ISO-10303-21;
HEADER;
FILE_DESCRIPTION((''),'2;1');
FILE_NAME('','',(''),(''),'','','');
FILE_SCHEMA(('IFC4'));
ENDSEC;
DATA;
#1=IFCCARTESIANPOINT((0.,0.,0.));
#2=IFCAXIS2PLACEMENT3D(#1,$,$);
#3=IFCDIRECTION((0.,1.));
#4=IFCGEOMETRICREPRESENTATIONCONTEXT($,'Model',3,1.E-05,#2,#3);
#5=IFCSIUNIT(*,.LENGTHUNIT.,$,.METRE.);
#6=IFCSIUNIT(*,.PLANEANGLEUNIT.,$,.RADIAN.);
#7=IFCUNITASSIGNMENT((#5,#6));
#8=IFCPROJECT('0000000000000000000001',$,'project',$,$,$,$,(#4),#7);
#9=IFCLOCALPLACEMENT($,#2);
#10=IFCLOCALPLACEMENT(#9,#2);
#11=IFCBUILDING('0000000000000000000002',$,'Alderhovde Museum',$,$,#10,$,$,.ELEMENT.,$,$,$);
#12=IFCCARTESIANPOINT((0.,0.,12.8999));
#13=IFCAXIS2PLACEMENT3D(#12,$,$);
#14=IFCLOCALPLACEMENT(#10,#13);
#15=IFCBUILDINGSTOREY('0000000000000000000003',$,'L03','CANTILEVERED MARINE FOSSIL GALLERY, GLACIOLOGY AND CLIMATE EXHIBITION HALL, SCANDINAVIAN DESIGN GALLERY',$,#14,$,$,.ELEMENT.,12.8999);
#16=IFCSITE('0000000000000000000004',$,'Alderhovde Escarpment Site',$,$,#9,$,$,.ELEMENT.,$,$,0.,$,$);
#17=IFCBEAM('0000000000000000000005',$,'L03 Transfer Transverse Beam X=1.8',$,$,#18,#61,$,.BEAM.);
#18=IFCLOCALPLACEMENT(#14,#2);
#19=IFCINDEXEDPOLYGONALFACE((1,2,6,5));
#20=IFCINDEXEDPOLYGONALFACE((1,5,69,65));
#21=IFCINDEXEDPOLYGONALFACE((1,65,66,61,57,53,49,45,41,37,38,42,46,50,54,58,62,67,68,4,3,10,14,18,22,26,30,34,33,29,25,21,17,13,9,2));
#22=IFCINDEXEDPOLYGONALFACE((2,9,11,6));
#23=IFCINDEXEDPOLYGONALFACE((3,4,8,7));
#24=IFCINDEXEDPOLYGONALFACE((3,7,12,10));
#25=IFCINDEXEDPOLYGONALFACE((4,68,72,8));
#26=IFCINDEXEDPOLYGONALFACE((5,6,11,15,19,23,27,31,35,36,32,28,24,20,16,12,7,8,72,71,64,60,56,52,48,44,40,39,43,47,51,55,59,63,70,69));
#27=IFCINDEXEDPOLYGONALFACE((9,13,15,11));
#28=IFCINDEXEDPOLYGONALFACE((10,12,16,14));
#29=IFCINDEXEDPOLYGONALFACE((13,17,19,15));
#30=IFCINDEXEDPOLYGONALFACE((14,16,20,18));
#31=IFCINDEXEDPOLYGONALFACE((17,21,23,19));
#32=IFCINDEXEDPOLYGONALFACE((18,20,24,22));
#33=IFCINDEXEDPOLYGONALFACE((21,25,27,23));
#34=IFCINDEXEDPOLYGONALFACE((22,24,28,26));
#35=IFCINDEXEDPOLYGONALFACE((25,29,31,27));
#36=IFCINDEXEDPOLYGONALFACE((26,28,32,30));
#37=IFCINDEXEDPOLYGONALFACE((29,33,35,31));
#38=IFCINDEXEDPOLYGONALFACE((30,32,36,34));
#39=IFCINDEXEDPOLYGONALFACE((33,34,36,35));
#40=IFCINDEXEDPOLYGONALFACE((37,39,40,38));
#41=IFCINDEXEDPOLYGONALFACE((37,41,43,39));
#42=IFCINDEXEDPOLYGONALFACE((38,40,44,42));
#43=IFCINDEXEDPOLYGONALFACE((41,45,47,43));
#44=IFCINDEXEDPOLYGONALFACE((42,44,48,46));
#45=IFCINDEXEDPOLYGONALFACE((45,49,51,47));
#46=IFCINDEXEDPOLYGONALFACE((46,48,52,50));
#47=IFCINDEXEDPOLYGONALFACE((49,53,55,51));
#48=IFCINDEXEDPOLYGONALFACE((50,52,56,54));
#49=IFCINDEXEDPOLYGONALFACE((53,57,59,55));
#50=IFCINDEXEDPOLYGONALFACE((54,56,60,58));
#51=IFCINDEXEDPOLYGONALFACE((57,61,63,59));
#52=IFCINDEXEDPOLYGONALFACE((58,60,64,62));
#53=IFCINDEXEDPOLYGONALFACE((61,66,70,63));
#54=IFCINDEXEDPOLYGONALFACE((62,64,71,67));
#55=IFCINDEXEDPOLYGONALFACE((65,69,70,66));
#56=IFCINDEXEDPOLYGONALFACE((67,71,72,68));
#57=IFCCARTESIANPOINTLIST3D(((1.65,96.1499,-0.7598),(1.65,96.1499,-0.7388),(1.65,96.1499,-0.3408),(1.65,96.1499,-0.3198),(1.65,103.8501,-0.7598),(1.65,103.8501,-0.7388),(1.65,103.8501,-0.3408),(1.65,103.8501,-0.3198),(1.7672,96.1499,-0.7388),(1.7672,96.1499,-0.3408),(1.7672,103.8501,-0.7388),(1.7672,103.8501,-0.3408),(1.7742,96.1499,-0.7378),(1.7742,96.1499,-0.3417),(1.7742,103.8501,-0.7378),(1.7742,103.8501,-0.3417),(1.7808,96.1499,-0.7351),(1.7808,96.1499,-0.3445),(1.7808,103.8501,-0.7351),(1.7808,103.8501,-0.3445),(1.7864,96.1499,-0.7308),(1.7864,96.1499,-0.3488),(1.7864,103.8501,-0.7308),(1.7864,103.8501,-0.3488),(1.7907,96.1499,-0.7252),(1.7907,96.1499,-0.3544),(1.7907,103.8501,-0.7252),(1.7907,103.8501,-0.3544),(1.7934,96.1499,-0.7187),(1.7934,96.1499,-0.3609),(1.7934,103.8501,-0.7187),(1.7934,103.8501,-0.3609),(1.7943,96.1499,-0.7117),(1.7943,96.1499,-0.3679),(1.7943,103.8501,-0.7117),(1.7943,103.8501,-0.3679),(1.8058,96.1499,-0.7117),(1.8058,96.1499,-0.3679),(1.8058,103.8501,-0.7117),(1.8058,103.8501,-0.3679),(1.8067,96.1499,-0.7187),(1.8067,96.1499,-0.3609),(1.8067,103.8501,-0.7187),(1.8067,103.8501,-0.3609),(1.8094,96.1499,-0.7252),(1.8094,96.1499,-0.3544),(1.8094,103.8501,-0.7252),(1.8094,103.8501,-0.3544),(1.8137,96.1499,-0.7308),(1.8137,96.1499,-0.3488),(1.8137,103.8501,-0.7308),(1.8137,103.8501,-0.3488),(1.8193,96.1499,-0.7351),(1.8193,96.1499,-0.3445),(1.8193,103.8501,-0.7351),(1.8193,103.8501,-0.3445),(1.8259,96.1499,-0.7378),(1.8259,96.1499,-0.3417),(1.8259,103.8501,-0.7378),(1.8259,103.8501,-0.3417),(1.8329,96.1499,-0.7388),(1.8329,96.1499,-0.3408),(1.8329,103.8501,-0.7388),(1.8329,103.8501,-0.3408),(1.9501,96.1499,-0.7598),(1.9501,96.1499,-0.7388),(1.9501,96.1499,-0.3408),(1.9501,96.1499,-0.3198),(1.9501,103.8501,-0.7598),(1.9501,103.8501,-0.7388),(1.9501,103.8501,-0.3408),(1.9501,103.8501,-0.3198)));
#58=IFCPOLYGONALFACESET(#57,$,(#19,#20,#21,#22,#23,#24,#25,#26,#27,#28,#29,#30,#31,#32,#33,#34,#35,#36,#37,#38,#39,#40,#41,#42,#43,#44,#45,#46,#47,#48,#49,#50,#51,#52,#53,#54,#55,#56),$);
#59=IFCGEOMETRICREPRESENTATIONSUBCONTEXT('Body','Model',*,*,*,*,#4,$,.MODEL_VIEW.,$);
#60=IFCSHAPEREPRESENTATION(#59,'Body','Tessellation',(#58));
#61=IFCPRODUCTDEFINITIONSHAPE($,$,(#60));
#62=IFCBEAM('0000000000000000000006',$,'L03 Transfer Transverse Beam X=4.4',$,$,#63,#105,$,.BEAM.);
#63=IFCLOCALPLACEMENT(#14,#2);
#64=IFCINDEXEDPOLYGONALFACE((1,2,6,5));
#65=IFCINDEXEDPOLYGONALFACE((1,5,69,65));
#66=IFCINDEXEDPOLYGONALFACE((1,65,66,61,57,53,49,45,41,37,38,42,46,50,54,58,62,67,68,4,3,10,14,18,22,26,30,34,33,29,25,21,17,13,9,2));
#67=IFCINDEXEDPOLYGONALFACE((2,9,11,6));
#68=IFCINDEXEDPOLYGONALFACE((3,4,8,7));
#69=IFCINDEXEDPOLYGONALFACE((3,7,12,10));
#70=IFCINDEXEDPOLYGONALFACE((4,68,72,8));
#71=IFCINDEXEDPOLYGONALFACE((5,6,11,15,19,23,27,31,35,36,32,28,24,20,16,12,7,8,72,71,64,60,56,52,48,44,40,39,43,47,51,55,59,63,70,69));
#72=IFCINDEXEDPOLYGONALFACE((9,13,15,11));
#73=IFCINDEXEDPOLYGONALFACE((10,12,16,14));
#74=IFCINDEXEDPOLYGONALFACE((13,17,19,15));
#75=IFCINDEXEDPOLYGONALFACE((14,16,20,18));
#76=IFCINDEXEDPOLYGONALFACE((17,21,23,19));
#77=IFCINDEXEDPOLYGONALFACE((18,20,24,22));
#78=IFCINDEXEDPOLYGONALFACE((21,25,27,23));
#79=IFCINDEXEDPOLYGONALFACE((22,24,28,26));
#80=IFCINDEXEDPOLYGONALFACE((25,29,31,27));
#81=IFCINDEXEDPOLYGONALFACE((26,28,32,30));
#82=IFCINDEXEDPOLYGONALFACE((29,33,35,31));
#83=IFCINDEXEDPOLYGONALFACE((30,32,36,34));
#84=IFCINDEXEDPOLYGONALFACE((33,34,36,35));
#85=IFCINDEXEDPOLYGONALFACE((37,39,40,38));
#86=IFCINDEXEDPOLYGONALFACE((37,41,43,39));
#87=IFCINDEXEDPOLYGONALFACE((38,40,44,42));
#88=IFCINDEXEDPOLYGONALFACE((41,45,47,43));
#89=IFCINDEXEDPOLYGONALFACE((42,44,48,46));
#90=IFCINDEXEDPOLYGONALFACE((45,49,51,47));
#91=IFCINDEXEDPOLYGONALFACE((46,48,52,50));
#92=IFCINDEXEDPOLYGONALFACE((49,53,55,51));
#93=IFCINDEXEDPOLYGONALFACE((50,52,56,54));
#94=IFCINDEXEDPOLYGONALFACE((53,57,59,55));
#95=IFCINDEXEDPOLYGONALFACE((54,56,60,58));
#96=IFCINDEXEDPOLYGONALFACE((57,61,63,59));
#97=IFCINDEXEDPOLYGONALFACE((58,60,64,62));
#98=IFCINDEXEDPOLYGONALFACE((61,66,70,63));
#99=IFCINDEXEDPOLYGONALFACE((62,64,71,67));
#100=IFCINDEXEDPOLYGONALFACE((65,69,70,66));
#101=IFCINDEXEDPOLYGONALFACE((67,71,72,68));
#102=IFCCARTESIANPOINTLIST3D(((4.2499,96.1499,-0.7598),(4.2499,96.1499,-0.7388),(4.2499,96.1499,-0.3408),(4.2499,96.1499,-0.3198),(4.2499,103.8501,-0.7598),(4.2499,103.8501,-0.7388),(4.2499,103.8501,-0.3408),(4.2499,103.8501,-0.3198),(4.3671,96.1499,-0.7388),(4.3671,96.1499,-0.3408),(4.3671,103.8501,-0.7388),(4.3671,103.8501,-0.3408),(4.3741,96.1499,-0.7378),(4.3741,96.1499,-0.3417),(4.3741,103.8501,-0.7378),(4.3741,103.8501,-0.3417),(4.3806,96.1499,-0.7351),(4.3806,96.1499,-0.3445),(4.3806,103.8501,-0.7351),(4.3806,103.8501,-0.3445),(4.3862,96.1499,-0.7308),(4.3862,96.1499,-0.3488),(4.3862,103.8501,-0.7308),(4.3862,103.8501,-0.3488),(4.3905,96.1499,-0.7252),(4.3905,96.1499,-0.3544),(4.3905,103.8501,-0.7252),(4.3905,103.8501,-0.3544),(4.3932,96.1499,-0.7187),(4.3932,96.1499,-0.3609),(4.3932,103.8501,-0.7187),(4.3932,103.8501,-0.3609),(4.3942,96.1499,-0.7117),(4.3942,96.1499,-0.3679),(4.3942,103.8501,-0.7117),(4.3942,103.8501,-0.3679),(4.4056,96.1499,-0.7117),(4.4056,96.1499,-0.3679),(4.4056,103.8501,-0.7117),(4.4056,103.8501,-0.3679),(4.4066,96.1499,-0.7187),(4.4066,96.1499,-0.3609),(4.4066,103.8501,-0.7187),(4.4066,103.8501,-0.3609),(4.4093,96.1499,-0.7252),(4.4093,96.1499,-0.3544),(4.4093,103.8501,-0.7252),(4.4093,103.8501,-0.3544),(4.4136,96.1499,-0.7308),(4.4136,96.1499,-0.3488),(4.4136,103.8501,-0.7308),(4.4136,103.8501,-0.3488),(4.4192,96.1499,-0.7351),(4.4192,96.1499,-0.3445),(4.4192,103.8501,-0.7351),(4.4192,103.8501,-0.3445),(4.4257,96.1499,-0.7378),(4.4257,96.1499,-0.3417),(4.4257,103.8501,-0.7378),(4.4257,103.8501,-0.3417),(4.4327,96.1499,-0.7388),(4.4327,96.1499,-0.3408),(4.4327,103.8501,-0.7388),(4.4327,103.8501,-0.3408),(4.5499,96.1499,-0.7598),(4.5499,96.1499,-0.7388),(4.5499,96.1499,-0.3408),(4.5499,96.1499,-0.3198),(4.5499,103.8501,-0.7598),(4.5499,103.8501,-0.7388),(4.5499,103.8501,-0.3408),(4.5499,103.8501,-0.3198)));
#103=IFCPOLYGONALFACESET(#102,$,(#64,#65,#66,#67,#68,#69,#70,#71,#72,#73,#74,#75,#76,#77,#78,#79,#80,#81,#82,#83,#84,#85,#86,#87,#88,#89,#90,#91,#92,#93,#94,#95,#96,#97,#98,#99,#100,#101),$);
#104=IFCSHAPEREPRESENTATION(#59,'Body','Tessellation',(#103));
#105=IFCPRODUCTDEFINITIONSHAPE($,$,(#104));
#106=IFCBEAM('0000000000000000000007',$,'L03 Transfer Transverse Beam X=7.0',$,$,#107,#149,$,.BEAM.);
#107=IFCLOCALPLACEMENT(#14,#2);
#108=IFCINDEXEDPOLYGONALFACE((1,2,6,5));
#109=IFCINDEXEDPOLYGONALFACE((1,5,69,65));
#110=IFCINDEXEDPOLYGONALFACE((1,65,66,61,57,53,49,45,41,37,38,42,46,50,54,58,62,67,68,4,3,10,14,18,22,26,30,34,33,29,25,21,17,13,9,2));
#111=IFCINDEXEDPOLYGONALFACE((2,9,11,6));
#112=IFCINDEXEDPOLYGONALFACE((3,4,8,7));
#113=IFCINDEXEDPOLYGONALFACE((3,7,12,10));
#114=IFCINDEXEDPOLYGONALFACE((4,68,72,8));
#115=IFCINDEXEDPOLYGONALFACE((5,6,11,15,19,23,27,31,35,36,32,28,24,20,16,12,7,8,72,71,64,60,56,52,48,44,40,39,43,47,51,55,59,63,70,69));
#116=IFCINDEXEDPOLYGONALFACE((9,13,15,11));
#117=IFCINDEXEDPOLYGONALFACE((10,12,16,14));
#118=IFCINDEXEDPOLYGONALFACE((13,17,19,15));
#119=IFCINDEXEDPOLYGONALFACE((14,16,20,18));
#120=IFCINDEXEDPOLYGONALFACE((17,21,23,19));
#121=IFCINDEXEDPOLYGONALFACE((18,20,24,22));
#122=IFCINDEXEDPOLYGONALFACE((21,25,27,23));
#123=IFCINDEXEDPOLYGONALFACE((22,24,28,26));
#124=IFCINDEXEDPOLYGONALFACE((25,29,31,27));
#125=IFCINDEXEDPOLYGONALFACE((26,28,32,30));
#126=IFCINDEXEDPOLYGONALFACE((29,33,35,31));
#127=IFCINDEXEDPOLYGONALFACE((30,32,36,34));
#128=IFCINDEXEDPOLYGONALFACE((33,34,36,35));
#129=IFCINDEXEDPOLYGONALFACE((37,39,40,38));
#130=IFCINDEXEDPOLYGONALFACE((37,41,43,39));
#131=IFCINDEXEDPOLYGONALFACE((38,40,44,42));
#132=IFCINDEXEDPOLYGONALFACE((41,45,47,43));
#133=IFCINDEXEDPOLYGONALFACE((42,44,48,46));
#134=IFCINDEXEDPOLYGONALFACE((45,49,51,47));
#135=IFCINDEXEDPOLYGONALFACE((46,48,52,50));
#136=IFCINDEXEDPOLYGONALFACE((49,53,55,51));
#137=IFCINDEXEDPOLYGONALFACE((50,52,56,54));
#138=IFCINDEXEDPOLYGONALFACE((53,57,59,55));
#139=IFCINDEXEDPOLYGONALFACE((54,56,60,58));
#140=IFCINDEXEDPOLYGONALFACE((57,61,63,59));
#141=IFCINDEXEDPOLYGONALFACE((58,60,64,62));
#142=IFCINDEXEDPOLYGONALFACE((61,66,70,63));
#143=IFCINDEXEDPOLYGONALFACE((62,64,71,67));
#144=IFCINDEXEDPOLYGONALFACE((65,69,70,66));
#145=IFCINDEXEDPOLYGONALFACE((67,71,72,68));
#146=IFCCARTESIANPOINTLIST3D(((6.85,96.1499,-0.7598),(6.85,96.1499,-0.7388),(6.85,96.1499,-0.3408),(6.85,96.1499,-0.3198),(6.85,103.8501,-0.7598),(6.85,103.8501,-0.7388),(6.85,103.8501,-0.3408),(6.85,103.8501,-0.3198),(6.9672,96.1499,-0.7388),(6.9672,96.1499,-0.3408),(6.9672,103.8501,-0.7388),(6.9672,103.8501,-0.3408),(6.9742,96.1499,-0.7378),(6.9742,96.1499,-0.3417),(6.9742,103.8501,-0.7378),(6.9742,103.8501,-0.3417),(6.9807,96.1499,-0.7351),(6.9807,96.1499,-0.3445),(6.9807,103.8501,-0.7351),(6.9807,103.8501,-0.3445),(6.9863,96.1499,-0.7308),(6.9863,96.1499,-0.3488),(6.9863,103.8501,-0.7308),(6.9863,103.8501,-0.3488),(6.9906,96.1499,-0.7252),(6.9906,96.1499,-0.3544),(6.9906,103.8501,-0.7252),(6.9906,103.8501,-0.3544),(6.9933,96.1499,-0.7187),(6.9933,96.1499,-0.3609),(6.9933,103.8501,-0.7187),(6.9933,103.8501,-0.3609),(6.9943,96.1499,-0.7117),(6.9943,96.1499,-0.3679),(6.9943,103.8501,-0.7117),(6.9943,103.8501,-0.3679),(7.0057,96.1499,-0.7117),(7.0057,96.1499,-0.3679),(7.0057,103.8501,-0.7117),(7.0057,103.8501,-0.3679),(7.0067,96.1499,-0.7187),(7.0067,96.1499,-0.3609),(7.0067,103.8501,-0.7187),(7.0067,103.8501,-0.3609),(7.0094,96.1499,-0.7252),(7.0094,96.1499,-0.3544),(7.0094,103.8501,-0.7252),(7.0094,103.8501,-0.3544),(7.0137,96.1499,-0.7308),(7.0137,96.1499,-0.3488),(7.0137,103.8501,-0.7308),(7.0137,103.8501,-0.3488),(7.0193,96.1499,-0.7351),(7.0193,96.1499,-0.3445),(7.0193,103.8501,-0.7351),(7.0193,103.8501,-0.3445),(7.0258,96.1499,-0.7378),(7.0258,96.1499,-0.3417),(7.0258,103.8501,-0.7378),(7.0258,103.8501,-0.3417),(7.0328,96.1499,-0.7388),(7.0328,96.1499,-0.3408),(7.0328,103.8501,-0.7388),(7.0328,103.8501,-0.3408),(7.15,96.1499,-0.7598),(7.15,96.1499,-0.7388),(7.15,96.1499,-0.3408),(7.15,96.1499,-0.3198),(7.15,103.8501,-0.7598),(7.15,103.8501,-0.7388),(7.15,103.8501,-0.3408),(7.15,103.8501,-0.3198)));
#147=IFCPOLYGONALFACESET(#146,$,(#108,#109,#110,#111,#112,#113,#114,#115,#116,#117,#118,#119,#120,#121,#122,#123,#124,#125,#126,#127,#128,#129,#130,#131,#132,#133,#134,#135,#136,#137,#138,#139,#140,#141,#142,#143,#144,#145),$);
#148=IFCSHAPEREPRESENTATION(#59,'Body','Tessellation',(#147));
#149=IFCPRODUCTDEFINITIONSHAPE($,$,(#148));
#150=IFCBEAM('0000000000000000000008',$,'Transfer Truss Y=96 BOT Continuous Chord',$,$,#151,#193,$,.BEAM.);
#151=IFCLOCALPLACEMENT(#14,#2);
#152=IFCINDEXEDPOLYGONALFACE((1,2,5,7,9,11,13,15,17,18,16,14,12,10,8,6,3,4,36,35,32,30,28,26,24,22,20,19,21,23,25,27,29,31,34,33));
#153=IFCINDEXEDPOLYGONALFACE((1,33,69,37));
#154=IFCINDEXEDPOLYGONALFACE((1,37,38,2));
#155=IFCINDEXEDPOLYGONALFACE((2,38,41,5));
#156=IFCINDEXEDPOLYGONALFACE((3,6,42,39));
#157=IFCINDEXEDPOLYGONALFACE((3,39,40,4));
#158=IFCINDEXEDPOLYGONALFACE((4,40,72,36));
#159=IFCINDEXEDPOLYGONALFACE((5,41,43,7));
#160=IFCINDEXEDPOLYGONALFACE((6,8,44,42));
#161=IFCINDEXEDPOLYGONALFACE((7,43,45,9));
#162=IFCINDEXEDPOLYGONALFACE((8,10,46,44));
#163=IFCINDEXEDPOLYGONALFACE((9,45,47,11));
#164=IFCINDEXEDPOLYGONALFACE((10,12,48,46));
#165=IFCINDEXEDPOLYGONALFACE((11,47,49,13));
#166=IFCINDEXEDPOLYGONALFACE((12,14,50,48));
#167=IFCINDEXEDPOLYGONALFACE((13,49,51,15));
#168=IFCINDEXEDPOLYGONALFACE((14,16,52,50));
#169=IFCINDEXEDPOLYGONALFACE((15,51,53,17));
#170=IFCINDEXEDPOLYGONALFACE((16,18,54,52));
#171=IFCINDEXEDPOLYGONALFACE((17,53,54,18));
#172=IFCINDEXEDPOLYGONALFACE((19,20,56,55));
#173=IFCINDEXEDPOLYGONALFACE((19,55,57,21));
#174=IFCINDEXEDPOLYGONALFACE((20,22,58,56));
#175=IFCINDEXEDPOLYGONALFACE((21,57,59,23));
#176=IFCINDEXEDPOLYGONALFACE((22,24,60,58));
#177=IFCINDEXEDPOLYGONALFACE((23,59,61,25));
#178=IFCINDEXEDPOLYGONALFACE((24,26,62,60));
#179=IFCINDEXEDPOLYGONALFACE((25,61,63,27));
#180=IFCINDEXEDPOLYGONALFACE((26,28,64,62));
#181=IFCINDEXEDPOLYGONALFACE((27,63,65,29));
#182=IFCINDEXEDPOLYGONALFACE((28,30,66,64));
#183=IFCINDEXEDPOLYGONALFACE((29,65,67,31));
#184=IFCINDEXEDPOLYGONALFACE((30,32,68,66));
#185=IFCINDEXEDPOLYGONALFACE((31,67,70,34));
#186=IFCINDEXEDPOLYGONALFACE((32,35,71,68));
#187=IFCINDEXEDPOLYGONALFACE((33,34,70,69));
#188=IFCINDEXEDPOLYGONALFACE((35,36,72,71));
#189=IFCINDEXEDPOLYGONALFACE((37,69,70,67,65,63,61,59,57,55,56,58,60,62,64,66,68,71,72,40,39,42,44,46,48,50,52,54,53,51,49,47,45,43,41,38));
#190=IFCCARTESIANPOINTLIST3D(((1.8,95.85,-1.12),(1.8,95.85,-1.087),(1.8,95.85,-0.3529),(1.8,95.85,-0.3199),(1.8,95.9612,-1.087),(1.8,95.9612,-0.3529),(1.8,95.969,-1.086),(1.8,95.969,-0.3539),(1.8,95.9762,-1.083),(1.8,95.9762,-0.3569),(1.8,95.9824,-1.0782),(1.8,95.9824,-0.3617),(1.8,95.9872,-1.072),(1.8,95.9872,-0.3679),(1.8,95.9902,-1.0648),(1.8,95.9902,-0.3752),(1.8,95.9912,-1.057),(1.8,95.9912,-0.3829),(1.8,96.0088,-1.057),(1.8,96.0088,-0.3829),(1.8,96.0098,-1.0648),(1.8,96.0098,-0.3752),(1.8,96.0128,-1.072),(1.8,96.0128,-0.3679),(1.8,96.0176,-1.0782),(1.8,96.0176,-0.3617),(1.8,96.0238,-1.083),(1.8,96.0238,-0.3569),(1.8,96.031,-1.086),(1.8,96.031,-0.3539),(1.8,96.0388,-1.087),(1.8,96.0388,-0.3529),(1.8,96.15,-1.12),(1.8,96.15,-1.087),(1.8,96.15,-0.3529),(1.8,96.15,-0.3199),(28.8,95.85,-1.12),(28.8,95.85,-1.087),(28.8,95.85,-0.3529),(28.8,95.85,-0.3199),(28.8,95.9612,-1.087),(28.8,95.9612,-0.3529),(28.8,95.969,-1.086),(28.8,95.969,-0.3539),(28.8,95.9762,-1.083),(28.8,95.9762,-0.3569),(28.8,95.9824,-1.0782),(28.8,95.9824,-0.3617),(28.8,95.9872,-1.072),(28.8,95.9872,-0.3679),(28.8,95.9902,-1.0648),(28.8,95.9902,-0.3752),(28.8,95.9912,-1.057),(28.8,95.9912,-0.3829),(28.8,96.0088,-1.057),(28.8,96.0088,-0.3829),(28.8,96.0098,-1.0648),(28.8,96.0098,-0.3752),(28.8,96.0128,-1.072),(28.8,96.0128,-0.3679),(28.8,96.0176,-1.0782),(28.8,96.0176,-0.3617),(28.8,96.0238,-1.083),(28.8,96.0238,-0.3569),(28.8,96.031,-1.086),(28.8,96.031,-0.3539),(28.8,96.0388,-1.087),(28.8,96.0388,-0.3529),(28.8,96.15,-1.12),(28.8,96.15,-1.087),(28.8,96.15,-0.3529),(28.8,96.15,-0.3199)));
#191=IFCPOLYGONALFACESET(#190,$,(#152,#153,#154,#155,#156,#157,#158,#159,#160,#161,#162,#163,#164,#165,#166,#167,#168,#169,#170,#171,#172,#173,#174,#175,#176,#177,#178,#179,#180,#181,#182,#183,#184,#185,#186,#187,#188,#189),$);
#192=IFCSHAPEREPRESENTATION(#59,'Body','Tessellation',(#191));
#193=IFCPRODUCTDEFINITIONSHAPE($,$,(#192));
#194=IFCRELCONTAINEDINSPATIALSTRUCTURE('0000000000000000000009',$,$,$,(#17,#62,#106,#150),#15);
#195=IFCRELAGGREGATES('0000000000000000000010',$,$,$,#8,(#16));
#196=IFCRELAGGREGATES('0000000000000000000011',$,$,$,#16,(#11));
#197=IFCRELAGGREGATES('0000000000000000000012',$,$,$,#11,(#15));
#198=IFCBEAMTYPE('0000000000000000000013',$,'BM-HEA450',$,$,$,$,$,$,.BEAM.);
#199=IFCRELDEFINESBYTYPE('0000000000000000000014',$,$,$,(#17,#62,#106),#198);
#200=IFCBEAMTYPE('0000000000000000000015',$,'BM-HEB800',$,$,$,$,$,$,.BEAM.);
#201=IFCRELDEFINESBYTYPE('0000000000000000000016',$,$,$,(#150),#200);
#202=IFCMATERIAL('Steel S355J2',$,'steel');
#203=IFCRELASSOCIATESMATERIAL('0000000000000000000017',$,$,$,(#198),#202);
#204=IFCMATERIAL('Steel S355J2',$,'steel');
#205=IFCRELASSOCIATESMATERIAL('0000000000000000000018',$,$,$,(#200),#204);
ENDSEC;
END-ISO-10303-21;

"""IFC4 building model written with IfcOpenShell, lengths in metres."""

from ifc_helpers import new_model, si_unit, direction, frame, origin, origin_2d, place, context, subcontext, project, spatial, i_section, extrude, material, material_profile, profile_set, type_object, element, save


model = new_model("IFC4")

# Units and contexts
model_context = context("Model", 3, precision=1e-05, world=origin(), true_north=direction((0.0, 1.0)))
body_context = subcontext(model_context, "Body", "Model", "MODEL_VIEW")
ifc_project = project(units=[si_unit("LENGTHUNIT", "METRE"), si_unit("PLANEANGLEUNIT", "RADIAN")], contexts=[model_context])

# Site, building, storey
site_placement = place(None, origin())
site = spatial("IfcSite", under=ifc_project, at=site_placement, Name="Alderhovde Escarpment Site", CompositionType="ELEMENT", RefElevation=0.0)
building_placement = place(site_placement, origin())
building = spatial("IfcBuilding", under=site, at=building_placement, Name="Alderhovde Museum", CompositionType="ELEMENT")
storey_placement = place(building_placement, frame((0.0, 0.0, 12.8999)))
storey = spatial("IfcBuildingStorey", under=building, at=storey_placement, Name="L03", Description="CANTILEVERED MARINE FOSSIL GALLERY, GLACIOLOGY AND CLIMATE EXHIBITION HALL, SCANDINAVIAN DESIGN GALLERY", CompositionType="ELEMENT", Elevation=12.8999)

# Beams
ifc_material_1 = material(Name="Steel S355J2", Category="steel")
ifc_material_profile_1 = material_profile(ifc_material_1, i_section(OverallWidth=0.3, OverallDepth=0.4399, WebThickness=0.0115, FlangeThickness=0.021, FilletRadius=0.0271, at=origin_2d()), Name="HEA 450")
ifc_profile_set_1 = profile_set([ifc_material_profile_1], Name="Steel S355J2")
beam_type_1 = type_object("IfcBeamType", Name="BM-HEA450", PredefinedType="BEAM", material=ifc_profile_set_1)
for number, where, z_axis, x_axis, name in (
    (1, (1.8, 96.1499, -0.5398), (0.0, 1.0, 0.0), (-1.0, 0.0, 0.0), "L03 Transfer Transverse Beam X=1.8"),
    (2, (4.3999, 96.1499, -0.5398), (0.0, 1.0, 0.0), (-1.0, 0.0, 0.0), "L03 Transfer Transverse Beam X=4.4"),
    (3, (7.0, 96.1499, -0.5398), (0.0, 1.0, 0.0), (-1.0, 0.0, 0.0), "L03 Transfer Transverse Beam X=7.0"),
):
    element("IfcBeam", number, at=place(storey_placement, frame(where, z_axis=z_axis, x_axis=x_axis)), inside=storey, type_object=beam_type_1, Name=name, PredefinedType="BEAM", context=body_context, shape_type="SweptSolid", body=[
        extrude(i_section(OverallWidth=0.3, OverallDepth=0.4399, WebThickness=0.0115, FlangeThickness=0.021, FilletRadius=0.0271, at=origin_2d()), origin(), (0.0, 0.0, 1.0), 7.7002),
    ])
ifc_material_2 = material(Name="Steel S355J2", Category="steel")
ifc_material_profile_2 = material_profile(ifc_material_2, i_section(OverallWidth=0.3, OverallDepth=0.8, WebThickness=0.0176, FlangeThickness=0.033, FilletRadius=0.03, at=origin_2d()), Name="HEB 800")
ifc_profile_set_2 = profile_set([ifc_material_profile_2], Name="Steel S355J2")
beam_type_2 = type_object("IfcBeamType", Name="BM-HEB800", PredefinedType="BEAM", material=ifc_profile_set_2)
beam_placement = place(storey_placement, frame((1.8, 96.0, -0.72), z_axis=(1.0, 0.0, 0.0), x_axis=(0.0, 1.0, 0.0)))
element("IfcBeam", 4, at=beam_placement, inside=storey, type_object=beam_type_2, Name="Transfer Truss Y=96 BOT Continuous Chord", PredefinedType="BEAM", context=body_context, shape_type="SweptSolid", body=[
    extrude(i_section(OverallWidth=0.3, OverallDepth=0.8, WebThickness=0.0176, FlangeThickness=0.033, FilletRadius=0.03, at=origin_2d()), origin(), (0.0, 0.0, 1.0), 27.0),
])

save(model, "model.ifc")
